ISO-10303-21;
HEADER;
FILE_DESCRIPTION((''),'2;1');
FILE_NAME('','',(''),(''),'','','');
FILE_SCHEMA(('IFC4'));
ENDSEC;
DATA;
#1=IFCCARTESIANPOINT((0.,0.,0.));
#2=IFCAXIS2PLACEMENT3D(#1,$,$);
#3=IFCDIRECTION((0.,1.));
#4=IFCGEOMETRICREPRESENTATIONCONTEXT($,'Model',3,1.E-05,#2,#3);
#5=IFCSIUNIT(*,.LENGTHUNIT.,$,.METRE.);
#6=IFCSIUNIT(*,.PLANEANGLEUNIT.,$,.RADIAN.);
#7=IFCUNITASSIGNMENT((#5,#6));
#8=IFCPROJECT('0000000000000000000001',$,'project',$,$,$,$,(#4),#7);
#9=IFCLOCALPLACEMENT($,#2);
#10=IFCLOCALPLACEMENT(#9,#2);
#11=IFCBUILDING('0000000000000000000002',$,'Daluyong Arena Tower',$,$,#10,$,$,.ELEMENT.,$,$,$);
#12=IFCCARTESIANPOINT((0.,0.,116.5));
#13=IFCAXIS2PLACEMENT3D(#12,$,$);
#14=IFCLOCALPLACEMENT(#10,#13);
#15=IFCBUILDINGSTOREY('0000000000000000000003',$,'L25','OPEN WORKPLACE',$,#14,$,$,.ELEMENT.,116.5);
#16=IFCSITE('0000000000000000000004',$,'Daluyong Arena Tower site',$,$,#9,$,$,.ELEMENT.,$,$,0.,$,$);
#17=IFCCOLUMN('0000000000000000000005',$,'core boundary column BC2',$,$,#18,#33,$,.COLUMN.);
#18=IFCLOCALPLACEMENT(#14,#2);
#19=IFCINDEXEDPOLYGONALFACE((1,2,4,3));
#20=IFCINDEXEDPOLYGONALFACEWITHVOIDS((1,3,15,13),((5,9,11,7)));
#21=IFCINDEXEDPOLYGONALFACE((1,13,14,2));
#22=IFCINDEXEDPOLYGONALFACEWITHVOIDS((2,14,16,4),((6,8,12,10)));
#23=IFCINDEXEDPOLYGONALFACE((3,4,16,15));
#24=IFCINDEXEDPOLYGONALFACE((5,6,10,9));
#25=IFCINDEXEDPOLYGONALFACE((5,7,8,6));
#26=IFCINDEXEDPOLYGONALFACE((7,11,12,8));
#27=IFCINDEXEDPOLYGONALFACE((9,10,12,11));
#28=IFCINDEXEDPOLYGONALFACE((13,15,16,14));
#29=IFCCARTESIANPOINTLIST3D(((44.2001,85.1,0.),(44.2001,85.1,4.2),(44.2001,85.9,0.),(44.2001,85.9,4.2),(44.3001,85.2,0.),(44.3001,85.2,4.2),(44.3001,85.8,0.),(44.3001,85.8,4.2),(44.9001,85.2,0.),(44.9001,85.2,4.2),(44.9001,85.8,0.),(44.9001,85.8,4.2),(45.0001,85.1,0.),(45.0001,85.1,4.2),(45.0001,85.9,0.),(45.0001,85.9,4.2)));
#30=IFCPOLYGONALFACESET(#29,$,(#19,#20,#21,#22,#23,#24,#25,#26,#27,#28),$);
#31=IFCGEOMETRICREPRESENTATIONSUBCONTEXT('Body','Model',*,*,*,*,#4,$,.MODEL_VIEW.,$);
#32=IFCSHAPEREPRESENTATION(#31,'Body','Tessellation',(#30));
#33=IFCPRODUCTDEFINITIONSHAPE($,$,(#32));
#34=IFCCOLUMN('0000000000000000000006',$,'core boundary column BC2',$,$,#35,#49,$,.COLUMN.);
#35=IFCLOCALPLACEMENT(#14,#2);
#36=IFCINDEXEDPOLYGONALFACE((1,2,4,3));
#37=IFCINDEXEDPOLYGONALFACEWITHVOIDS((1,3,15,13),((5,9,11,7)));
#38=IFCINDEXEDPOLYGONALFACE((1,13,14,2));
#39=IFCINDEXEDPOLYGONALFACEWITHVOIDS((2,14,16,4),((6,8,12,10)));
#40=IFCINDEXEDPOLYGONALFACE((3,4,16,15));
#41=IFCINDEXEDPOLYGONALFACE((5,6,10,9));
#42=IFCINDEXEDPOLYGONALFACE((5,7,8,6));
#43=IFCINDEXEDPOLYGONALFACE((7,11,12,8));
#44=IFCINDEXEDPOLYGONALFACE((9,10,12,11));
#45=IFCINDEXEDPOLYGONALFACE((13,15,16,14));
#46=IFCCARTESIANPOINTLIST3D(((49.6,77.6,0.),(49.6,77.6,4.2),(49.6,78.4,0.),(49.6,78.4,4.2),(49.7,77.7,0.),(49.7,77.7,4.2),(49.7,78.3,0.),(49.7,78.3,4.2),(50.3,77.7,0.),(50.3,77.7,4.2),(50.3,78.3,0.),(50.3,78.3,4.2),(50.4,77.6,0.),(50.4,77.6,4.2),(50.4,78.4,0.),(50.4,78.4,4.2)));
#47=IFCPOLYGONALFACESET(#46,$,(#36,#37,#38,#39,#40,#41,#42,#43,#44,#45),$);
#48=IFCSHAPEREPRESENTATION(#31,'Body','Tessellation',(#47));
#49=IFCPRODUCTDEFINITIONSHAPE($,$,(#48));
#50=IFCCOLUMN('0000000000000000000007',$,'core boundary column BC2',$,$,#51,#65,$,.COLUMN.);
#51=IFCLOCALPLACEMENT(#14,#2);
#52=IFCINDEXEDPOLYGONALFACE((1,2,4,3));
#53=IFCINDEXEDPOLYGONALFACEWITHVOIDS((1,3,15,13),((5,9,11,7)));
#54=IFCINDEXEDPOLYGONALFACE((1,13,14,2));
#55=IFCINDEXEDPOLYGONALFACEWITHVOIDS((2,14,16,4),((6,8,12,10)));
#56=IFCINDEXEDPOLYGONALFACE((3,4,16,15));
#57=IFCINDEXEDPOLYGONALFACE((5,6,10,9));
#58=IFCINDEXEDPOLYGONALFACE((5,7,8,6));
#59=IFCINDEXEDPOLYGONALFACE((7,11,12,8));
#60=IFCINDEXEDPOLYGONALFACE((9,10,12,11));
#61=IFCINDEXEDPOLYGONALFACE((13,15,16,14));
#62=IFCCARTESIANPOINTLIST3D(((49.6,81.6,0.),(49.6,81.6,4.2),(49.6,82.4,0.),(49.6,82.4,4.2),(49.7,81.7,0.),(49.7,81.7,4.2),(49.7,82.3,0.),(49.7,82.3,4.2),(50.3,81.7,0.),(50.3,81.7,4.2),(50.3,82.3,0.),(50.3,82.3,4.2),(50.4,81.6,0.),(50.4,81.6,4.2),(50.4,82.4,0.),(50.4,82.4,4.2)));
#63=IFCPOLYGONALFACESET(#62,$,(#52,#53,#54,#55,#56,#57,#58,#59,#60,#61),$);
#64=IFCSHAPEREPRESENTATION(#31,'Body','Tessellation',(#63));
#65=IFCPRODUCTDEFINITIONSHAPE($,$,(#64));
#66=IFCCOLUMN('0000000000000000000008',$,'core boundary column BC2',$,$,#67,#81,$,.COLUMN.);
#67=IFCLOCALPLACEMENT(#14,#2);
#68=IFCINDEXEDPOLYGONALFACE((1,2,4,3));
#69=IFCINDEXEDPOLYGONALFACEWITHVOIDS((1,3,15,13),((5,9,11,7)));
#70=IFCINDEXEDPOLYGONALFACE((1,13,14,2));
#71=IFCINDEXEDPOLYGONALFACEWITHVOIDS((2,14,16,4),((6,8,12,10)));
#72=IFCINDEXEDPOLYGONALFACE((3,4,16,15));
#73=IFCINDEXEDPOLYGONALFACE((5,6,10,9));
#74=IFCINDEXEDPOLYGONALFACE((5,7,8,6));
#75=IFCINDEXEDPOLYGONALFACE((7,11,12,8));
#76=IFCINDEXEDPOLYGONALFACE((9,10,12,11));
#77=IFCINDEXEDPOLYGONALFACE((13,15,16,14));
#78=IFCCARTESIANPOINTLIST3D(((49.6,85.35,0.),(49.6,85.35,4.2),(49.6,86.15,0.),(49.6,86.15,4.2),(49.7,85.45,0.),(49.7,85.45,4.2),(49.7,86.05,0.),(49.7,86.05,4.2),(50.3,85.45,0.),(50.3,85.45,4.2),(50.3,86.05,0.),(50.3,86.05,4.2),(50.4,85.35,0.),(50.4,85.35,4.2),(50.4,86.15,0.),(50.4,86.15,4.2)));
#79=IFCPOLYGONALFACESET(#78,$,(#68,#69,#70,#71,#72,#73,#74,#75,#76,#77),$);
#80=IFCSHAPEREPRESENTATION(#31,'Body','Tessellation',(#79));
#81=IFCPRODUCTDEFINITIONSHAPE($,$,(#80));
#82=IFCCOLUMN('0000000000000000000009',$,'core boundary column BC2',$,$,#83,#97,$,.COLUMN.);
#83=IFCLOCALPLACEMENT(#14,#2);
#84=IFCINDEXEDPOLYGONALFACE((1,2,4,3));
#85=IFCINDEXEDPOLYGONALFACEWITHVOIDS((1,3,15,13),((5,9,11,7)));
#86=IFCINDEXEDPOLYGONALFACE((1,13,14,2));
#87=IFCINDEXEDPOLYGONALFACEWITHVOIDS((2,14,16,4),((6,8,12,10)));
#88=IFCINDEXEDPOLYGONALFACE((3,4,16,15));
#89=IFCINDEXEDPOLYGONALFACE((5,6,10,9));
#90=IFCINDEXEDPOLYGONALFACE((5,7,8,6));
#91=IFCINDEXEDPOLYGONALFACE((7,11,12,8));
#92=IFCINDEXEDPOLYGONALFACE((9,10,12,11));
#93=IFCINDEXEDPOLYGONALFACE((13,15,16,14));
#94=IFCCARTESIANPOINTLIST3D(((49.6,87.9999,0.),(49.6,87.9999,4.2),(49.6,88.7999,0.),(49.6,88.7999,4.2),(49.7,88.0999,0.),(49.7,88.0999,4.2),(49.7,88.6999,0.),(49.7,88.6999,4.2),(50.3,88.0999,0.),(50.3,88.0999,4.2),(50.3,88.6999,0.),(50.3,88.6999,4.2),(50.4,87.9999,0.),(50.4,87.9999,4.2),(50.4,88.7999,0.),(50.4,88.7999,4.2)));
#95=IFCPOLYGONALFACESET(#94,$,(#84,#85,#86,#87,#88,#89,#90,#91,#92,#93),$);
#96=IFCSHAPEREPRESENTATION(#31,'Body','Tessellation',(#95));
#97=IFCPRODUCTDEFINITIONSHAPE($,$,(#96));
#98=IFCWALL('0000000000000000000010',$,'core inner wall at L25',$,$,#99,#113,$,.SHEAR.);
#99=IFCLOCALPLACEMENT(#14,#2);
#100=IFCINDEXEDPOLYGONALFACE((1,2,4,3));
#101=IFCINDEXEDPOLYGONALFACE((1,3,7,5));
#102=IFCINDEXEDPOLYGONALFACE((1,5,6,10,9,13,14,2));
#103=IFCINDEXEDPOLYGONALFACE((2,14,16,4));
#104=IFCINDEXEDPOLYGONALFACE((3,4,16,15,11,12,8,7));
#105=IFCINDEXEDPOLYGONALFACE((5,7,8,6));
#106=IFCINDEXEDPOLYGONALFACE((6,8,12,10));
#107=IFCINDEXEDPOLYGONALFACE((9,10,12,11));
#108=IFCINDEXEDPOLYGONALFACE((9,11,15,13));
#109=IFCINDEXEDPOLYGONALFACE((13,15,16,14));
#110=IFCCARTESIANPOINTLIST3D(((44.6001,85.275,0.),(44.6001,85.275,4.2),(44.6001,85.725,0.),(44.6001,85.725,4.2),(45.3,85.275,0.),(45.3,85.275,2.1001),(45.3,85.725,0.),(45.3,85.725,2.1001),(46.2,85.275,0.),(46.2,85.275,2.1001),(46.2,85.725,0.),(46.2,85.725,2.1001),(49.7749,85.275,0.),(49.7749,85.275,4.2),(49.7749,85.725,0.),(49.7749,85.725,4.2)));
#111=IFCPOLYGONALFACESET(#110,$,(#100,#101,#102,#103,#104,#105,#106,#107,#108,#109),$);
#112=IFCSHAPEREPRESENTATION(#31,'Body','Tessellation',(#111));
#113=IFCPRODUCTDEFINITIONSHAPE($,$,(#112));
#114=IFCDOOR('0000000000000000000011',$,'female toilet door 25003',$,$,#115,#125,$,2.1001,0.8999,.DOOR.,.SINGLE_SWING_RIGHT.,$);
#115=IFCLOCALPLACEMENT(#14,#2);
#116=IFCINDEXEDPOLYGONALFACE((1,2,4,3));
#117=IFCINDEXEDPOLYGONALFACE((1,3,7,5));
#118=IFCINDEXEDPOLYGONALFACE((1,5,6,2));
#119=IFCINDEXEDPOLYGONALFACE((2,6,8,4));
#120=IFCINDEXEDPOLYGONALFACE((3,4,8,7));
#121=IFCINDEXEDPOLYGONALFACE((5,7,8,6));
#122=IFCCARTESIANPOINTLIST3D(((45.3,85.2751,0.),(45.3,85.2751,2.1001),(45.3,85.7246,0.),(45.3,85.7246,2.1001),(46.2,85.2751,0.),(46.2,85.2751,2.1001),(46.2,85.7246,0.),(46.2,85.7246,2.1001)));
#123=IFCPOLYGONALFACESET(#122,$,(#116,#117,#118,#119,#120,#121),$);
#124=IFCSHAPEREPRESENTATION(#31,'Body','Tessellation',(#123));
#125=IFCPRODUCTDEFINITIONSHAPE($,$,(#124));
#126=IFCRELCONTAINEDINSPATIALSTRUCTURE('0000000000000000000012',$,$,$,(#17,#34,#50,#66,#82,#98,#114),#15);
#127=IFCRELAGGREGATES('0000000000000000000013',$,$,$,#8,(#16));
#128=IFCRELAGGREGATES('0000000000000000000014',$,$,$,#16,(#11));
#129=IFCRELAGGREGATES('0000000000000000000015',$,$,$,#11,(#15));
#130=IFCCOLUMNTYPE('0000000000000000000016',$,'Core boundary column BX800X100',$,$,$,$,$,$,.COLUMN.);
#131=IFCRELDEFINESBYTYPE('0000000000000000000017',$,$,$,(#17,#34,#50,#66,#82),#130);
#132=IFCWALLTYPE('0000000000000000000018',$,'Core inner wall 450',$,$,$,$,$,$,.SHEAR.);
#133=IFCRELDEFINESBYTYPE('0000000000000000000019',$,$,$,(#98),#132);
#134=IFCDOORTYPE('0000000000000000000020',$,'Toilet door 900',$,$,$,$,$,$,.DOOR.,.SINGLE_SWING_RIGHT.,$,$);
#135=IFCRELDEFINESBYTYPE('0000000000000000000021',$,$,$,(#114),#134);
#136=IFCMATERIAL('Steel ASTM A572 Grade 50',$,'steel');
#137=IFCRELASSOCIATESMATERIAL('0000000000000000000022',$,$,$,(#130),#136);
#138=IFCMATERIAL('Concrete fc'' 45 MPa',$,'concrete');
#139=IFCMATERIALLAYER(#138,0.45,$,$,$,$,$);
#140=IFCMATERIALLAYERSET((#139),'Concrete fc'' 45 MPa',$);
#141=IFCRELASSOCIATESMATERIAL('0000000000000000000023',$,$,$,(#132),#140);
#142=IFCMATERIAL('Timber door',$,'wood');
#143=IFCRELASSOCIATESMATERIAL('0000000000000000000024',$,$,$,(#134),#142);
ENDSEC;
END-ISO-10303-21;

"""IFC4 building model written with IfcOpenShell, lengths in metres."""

from ifc_helpers import new_model, si_unit, direction, frame, frame_2d, origin, origin_2d, place, context, subcontext, project, spatial, rectangle, hollow_rectangle, extrude, material, layer, layer_set, material_profile, profile_set, type_object, element, fill, save


model = new_model("IFC4")

# Units and contexts
model_context = context("Model", 3, precision=1e-05, world=origin(), true_north=direction((0.0, 1.0)))
body_context = subcontext(model_context, "Body", "Model", "MODEL_VIEW")
ifc_project = project(units=[si_unit("LENGTHUNIT", "METRE"), si_unit("PLANEANGLEUNIT", "RADIAN")], contexts=[model_context])

# Site, building, storey
site_placement = place(None, origin())
site = spatial("IfcSite", under=ifc_project, at=site_placement, Name="Daluyong Arena Tower site", CompositionType="ELEMENT", RefElevation=0.0)
building_placement = place(site_placement, origin())
building = spatial("IfcBuilding", under=site, at=building_placement, Name="Daluyong Arena Tower", CompositionType="ELEMENT")
storey_placement = place(building_placement, frame((0.0, 0.0, 116.5)))
storey = spatial("IfcBuildingStorey", under=building, at=storey_placement, Name="L25", Description="OPEN WORKPLACE", CompositionType="ELEMENT", Elevation=116.5)

# Columns
ifc_material_1 = material(Name="Steel ASTM A572 Grade 50", Category="steel")
ifc_material_profile = material_profile(ifc_material_1, hollow_rectangle(XDim=0.8, YDim=0.8, WallThickness=0.1, at=origin_2d()))
ifc_profile_set = profile_set([ifc_material_profile], Name="Steel ASTM A572 Grade 50")
column_type = type_object("IfcColumnType", Name="Core boundary column BX800X100", PredefinedType="COLUMN", material=ifc_profile_set)
for number, where, z_axis, x_axis, name in (
    (1, (44.6001, 85.5, 0.0), (0.0, 0.0, 1.0), (1.0, 0.0, 0.0), "core boundary column BC2"),
    (2, (50.0, 78.0, 0.0), (0.0, 0.0, 1.0), (1.0, 0.0, 0.0), "core boundary column BC2"),
    (3, (50.0, 82.0, 0.0), (0.0, 0.0, 1.0), (1.0, 0.0, 0.0), "core boundary column BC2"),
    (4, (50.0, 85.75, 0.0), (0.0, 0.0, 1.0), (1.0, 0.0, 0.0), "core boundary column BC2"),
    (5, (50.0, 88.3999, 0.0), (0.0, 0.0, 1.0), (1.0, 0.0, 0.0), "core boundary column BC2"),
):
    element("IfcColumn", number, at=place(storey_placement, frame(where, z_axis=z_axis, x_axis=x_axis)), inside=storey, type_object=column_type, Name=name, PredefinedType="COLUMN", context=body_context, shape_type="SweptSolid", body=[
        extrude(hollow_rectangle(XDim=0.8, YDim=0.8, WallThickness=0.1, at=origin_2d()), origin(), (0.0, 0.0, 1.0), 4.2),
    ])

# Wall, opening, door
ifc_material_2 = material(Name="Concrete fc' 45 MPa", Category="concrete")
ifc_layer_1 = layer(ifc_material_2, 0.45)
ifc_layer_set_1 = layer_set([ifc_layer_1], Name="Concrete fc' 45 MPa")
wall_type_1 = type_object("IfcWallType", Name="Core inner wall 450", PredefinedType="SHEAR", material=ifc_layer_set_1)
wall_1_placement = place(storey_placement, frame((44.6001, 85.5, 0.0), z_axis=(0.0, 0.0, 1.0), x_axis=(1.0, 0.0, 0.0)))
wall_1 = element("IfcWall", 6, at=wall_1_placement, inside=storey, type_object=wall_type_1, Name="core inner wall at L25", PredefinedType="SHEAR", context=body_context, shape_type="SweptSolid", body=[
    extrude(rectangle(XDim=5.1748, YDim=0.45, at=frame_2d((2.5874, 0.0))), origin(), (0.0, 0.0, 1.0), 4.2),
])
opening_1_placement = place(wall_1_placement, frame((0.7, 0.0, 0.0)))
opening_1 = element("IfcOpeningElement", 7, at=opening_1_placement, cuts=wall_1, PredefinedType="OPENING", context=body_context, shape_type="SweptSolid", body=[
    extrude(rectangle(XDim=0.8999, YDim=2.1001, at=frame_2d((0.45, 1.05))), frame((0.0, 0.2349, 0.0), z_axis=(0.0, -1.0, 0.0), x_axis=(1.0, 0.0, 0.0)), (0.0, 0.0, 1.0), 0.47),
])
ifc_material_3 = material(Name="Timber door", Category="wood")
door_type_1 = type_object("IfcDoorType", Name="Toilet door 900", OperationType="SINGLE_SWING_RIGHT", PredefinedType="DOOR", material=ifc_material_3)
door_1_placement = place(opening_1_placement, origin())
door_1 = element("IfcDoor", 8, at=door_1_placement, inside=storey, type_object=door_type_1, Name="female toilet door 25003", OperationType="SINGLE_SWING_RIGHT", OverallHeight=2.1001, OverallWidth=0.8999, PredefinedType="DOOR", context=body_context, shape_type="SweptSolid", body=[
    extrude(rectangle(XDim=0.8999, YDim=2.1001, at=frame_2d((0.45, 1.05))), frame((0.0, 0.2246, 0.0), z_axis=(0.0, -1.0, 0.0), x_axis=(1.0, 0.0, 0.0)), (0.0, 0.0, 1.0), 0.4495),
])
fill(opening_1, door_1)

save(model, "model.ifc")
